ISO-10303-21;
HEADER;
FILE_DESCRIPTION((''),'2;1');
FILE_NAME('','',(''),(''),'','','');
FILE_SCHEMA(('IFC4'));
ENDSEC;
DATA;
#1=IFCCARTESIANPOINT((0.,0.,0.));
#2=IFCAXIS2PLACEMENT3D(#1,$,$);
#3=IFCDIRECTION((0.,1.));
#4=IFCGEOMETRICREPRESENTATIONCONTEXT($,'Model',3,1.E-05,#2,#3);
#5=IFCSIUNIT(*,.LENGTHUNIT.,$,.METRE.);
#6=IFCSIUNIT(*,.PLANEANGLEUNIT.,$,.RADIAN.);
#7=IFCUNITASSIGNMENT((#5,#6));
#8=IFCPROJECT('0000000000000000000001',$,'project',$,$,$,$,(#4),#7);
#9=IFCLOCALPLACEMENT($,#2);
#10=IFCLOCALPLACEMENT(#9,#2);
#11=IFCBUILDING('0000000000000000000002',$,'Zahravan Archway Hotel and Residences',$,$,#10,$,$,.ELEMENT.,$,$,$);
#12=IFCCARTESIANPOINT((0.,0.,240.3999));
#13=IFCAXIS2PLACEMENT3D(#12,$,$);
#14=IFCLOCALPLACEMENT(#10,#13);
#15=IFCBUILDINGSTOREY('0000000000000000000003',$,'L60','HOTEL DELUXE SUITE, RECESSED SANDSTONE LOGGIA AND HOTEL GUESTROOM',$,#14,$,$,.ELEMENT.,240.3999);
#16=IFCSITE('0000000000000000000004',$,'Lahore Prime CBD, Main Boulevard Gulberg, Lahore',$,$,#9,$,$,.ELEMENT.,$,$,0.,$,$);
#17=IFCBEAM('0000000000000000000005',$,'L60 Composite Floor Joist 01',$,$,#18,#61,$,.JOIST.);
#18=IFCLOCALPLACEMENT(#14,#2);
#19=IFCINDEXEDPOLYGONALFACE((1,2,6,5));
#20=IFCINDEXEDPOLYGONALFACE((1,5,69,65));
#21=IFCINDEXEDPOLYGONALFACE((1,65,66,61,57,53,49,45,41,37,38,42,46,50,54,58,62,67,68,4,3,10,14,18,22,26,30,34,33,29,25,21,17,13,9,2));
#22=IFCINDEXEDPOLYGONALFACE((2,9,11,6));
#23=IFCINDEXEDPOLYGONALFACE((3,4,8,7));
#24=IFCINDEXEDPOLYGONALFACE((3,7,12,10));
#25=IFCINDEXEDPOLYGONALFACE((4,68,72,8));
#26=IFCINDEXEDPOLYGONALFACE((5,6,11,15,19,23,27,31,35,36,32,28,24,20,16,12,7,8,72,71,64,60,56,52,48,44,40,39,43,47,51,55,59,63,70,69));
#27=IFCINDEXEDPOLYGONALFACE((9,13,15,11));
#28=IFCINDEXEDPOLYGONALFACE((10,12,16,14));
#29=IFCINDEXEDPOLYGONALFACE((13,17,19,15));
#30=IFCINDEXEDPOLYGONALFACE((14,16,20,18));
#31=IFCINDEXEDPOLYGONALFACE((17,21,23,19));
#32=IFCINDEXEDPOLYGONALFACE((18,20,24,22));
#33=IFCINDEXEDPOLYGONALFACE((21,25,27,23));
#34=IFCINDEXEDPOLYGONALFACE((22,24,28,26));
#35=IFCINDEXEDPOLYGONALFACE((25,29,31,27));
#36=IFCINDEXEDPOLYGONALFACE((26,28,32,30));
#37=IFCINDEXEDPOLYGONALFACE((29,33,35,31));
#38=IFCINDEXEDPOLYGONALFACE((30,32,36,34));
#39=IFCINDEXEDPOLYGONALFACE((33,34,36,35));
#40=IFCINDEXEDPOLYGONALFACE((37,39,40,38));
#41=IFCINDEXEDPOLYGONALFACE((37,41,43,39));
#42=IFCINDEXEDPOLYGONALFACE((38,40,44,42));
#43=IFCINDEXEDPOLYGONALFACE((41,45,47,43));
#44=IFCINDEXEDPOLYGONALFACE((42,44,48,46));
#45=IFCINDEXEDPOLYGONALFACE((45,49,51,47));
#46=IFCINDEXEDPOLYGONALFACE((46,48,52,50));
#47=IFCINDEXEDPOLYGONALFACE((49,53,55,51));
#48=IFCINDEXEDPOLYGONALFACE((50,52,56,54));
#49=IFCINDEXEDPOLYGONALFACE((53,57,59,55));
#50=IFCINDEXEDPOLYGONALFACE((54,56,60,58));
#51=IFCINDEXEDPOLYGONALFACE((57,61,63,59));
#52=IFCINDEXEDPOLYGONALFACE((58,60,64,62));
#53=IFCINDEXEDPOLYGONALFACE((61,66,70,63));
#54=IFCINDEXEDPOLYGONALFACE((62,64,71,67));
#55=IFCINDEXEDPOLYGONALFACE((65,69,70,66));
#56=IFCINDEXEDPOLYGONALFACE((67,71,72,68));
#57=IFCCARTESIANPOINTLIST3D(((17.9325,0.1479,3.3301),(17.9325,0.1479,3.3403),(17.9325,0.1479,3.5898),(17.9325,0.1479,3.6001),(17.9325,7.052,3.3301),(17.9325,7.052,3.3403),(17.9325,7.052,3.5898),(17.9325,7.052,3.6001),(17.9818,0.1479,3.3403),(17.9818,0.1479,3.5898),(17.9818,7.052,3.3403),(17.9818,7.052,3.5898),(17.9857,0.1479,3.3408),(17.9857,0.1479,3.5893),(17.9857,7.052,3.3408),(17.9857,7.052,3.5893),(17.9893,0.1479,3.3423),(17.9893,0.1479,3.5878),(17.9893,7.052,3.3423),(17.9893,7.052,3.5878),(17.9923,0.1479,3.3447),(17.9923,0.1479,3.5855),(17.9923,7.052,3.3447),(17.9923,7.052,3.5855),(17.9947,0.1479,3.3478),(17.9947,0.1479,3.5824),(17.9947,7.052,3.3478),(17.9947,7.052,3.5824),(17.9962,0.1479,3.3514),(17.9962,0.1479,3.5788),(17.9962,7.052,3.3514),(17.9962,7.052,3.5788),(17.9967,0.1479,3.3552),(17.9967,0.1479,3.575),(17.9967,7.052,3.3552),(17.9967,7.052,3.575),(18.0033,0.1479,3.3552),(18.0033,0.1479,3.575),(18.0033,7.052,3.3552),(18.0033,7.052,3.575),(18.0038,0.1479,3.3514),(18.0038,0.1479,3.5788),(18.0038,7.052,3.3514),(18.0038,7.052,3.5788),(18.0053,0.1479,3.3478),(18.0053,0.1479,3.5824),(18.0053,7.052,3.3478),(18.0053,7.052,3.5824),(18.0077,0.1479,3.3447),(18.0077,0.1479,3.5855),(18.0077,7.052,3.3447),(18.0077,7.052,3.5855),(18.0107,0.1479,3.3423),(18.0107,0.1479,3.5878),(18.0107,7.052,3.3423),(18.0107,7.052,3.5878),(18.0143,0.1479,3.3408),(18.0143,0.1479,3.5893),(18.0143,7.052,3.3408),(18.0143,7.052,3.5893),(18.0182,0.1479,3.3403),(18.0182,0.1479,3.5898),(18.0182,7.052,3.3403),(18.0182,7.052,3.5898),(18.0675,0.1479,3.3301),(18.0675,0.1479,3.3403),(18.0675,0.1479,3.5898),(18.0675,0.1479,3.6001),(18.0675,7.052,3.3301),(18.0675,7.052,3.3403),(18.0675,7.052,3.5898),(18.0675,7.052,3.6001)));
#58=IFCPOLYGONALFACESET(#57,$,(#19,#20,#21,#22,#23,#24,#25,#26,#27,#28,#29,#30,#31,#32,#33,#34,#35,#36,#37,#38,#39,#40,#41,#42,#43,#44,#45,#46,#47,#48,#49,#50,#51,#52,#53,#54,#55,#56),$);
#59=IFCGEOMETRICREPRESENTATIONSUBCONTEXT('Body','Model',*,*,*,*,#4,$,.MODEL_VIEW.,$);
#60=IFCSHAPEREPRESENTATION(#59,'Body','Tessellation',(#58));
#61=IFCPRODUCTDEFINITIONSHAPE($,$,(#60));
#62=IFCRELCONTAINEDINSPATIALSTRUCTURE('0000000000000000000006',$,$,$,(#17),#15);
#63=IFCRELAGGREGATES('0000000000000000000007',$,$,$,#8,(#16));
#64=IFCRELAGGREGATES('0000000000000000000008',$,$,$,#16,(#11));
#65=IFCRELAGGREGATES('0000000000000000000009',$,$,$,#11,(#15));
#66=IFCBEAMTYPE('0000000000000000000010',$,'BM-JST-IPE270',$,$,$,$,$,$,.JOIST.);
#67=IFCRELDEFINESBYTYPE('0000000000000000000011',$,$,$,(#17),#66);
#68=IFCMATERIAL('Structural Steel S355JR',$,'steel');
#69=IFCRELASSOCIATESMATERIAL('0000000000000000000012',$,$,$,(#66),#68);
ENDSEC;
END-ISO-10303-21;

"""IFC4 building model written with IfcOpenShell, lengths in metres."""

from ifc_helpers import new_model, si_unit, direction, frame, origin, origin_2d, place, context, subcontext, project, spatial, i_section, extrude, source, transform, mapped, material, material_profile, profile_set, type_object, type_shapes, element, save


model = new_model("IFC4")

# Units and contexts
model_context = context("Model", 3, precision=1e-05, world=origin(), true_north=direction((0.0, 1.0)))
body_context = subcontext(model_context, "Body", "Model", "MODEL_VIEW")
ifc_project = project(units=[si_unit("LENGTHUNIT", "METRE"), si_unit("PLANEANGLEUNIT", "RADIAN")], contexts=[model_context])

# Site, building, storey
site_placement = place(None, origin())
site = spatial("IfcSite", under=ifc_project, at=site_placement, Name="Lahore Prime CBD, Main Boulevard Gulberg, Lahore", CompositionType="ELEMENT", RefElevation=0.0)
building_placement = place(site_placement, origin())
building = spatial("IfcBuilding", under=site, at=building_placement, Name="Zahravan Archway Hotel and Residences", CompositionType="ELEMENT")
storey_placement = place(building_placement, frame((0.0, 0.0, 240.3999)))
storey = spatial("IfcBuildingStorey", under=building, at=storey_placement, Name="L60", Description="HOTEL DELUXE SUITE, RECESSED SANDSTONE LOGGIA AND HOTEL GUESTROOM", CompositionType="ELEMENT", Elevation=240.3999)

# Beam
ifc_material_1 = material(Name="Structural Steel S355JR", Category="steel")
ifc_material_profile = material_profile(ifc_material_1, i_section(OverallWidth=0.135, OverallDepth=0.27, WebThickness=0.0066, FlangeThickness=0.0103, FilletRadius=0.0149, at=origin_2d()), Name="IPE 270", Category="steel")
ifc_profile_set = profile_set([ifc_material_profile], Name="Structural Steel S355JR")
beam_type = type_object("IfcBeamType", Name="BM-JST-IPE270", PredefinedType="JOIST", material=ifc_profile_set)
shared_shape_1 = source(origin(), body_context, "Body", "SweptSolid", [
    extrude(i_section(OverallWidth=0.135, OverallDepth=0.27, WebThickness=0.0066, FlangeThickness=0.0103, FilletRadius=0.0149, at=origin_2d()), origin(), (0.0, 0.0, 1.0), 6.9041),
])
type_shapes(beam_type, [shared_shape_1])
beam_placement = place(storey_placement, frame((18.0, 0.1479, 3.4651), z_axis=(0.0, 1.0, 0.0), x_axis=(-1.0, 0.0, 0.0)))
element("IfcBeam", 1, at=beam_placement, inside=storey, type_object=beam_type, Name="L60 Composite Floor Joist 01", PredefinedType="JOIST", context=body_context, shape_type="MappedRepresentation", body=[
    mapped(shared_shape_1, transform((0.0, 0.0, 0.0), scale=1.0)),
])

save(model, "model.ifc")
